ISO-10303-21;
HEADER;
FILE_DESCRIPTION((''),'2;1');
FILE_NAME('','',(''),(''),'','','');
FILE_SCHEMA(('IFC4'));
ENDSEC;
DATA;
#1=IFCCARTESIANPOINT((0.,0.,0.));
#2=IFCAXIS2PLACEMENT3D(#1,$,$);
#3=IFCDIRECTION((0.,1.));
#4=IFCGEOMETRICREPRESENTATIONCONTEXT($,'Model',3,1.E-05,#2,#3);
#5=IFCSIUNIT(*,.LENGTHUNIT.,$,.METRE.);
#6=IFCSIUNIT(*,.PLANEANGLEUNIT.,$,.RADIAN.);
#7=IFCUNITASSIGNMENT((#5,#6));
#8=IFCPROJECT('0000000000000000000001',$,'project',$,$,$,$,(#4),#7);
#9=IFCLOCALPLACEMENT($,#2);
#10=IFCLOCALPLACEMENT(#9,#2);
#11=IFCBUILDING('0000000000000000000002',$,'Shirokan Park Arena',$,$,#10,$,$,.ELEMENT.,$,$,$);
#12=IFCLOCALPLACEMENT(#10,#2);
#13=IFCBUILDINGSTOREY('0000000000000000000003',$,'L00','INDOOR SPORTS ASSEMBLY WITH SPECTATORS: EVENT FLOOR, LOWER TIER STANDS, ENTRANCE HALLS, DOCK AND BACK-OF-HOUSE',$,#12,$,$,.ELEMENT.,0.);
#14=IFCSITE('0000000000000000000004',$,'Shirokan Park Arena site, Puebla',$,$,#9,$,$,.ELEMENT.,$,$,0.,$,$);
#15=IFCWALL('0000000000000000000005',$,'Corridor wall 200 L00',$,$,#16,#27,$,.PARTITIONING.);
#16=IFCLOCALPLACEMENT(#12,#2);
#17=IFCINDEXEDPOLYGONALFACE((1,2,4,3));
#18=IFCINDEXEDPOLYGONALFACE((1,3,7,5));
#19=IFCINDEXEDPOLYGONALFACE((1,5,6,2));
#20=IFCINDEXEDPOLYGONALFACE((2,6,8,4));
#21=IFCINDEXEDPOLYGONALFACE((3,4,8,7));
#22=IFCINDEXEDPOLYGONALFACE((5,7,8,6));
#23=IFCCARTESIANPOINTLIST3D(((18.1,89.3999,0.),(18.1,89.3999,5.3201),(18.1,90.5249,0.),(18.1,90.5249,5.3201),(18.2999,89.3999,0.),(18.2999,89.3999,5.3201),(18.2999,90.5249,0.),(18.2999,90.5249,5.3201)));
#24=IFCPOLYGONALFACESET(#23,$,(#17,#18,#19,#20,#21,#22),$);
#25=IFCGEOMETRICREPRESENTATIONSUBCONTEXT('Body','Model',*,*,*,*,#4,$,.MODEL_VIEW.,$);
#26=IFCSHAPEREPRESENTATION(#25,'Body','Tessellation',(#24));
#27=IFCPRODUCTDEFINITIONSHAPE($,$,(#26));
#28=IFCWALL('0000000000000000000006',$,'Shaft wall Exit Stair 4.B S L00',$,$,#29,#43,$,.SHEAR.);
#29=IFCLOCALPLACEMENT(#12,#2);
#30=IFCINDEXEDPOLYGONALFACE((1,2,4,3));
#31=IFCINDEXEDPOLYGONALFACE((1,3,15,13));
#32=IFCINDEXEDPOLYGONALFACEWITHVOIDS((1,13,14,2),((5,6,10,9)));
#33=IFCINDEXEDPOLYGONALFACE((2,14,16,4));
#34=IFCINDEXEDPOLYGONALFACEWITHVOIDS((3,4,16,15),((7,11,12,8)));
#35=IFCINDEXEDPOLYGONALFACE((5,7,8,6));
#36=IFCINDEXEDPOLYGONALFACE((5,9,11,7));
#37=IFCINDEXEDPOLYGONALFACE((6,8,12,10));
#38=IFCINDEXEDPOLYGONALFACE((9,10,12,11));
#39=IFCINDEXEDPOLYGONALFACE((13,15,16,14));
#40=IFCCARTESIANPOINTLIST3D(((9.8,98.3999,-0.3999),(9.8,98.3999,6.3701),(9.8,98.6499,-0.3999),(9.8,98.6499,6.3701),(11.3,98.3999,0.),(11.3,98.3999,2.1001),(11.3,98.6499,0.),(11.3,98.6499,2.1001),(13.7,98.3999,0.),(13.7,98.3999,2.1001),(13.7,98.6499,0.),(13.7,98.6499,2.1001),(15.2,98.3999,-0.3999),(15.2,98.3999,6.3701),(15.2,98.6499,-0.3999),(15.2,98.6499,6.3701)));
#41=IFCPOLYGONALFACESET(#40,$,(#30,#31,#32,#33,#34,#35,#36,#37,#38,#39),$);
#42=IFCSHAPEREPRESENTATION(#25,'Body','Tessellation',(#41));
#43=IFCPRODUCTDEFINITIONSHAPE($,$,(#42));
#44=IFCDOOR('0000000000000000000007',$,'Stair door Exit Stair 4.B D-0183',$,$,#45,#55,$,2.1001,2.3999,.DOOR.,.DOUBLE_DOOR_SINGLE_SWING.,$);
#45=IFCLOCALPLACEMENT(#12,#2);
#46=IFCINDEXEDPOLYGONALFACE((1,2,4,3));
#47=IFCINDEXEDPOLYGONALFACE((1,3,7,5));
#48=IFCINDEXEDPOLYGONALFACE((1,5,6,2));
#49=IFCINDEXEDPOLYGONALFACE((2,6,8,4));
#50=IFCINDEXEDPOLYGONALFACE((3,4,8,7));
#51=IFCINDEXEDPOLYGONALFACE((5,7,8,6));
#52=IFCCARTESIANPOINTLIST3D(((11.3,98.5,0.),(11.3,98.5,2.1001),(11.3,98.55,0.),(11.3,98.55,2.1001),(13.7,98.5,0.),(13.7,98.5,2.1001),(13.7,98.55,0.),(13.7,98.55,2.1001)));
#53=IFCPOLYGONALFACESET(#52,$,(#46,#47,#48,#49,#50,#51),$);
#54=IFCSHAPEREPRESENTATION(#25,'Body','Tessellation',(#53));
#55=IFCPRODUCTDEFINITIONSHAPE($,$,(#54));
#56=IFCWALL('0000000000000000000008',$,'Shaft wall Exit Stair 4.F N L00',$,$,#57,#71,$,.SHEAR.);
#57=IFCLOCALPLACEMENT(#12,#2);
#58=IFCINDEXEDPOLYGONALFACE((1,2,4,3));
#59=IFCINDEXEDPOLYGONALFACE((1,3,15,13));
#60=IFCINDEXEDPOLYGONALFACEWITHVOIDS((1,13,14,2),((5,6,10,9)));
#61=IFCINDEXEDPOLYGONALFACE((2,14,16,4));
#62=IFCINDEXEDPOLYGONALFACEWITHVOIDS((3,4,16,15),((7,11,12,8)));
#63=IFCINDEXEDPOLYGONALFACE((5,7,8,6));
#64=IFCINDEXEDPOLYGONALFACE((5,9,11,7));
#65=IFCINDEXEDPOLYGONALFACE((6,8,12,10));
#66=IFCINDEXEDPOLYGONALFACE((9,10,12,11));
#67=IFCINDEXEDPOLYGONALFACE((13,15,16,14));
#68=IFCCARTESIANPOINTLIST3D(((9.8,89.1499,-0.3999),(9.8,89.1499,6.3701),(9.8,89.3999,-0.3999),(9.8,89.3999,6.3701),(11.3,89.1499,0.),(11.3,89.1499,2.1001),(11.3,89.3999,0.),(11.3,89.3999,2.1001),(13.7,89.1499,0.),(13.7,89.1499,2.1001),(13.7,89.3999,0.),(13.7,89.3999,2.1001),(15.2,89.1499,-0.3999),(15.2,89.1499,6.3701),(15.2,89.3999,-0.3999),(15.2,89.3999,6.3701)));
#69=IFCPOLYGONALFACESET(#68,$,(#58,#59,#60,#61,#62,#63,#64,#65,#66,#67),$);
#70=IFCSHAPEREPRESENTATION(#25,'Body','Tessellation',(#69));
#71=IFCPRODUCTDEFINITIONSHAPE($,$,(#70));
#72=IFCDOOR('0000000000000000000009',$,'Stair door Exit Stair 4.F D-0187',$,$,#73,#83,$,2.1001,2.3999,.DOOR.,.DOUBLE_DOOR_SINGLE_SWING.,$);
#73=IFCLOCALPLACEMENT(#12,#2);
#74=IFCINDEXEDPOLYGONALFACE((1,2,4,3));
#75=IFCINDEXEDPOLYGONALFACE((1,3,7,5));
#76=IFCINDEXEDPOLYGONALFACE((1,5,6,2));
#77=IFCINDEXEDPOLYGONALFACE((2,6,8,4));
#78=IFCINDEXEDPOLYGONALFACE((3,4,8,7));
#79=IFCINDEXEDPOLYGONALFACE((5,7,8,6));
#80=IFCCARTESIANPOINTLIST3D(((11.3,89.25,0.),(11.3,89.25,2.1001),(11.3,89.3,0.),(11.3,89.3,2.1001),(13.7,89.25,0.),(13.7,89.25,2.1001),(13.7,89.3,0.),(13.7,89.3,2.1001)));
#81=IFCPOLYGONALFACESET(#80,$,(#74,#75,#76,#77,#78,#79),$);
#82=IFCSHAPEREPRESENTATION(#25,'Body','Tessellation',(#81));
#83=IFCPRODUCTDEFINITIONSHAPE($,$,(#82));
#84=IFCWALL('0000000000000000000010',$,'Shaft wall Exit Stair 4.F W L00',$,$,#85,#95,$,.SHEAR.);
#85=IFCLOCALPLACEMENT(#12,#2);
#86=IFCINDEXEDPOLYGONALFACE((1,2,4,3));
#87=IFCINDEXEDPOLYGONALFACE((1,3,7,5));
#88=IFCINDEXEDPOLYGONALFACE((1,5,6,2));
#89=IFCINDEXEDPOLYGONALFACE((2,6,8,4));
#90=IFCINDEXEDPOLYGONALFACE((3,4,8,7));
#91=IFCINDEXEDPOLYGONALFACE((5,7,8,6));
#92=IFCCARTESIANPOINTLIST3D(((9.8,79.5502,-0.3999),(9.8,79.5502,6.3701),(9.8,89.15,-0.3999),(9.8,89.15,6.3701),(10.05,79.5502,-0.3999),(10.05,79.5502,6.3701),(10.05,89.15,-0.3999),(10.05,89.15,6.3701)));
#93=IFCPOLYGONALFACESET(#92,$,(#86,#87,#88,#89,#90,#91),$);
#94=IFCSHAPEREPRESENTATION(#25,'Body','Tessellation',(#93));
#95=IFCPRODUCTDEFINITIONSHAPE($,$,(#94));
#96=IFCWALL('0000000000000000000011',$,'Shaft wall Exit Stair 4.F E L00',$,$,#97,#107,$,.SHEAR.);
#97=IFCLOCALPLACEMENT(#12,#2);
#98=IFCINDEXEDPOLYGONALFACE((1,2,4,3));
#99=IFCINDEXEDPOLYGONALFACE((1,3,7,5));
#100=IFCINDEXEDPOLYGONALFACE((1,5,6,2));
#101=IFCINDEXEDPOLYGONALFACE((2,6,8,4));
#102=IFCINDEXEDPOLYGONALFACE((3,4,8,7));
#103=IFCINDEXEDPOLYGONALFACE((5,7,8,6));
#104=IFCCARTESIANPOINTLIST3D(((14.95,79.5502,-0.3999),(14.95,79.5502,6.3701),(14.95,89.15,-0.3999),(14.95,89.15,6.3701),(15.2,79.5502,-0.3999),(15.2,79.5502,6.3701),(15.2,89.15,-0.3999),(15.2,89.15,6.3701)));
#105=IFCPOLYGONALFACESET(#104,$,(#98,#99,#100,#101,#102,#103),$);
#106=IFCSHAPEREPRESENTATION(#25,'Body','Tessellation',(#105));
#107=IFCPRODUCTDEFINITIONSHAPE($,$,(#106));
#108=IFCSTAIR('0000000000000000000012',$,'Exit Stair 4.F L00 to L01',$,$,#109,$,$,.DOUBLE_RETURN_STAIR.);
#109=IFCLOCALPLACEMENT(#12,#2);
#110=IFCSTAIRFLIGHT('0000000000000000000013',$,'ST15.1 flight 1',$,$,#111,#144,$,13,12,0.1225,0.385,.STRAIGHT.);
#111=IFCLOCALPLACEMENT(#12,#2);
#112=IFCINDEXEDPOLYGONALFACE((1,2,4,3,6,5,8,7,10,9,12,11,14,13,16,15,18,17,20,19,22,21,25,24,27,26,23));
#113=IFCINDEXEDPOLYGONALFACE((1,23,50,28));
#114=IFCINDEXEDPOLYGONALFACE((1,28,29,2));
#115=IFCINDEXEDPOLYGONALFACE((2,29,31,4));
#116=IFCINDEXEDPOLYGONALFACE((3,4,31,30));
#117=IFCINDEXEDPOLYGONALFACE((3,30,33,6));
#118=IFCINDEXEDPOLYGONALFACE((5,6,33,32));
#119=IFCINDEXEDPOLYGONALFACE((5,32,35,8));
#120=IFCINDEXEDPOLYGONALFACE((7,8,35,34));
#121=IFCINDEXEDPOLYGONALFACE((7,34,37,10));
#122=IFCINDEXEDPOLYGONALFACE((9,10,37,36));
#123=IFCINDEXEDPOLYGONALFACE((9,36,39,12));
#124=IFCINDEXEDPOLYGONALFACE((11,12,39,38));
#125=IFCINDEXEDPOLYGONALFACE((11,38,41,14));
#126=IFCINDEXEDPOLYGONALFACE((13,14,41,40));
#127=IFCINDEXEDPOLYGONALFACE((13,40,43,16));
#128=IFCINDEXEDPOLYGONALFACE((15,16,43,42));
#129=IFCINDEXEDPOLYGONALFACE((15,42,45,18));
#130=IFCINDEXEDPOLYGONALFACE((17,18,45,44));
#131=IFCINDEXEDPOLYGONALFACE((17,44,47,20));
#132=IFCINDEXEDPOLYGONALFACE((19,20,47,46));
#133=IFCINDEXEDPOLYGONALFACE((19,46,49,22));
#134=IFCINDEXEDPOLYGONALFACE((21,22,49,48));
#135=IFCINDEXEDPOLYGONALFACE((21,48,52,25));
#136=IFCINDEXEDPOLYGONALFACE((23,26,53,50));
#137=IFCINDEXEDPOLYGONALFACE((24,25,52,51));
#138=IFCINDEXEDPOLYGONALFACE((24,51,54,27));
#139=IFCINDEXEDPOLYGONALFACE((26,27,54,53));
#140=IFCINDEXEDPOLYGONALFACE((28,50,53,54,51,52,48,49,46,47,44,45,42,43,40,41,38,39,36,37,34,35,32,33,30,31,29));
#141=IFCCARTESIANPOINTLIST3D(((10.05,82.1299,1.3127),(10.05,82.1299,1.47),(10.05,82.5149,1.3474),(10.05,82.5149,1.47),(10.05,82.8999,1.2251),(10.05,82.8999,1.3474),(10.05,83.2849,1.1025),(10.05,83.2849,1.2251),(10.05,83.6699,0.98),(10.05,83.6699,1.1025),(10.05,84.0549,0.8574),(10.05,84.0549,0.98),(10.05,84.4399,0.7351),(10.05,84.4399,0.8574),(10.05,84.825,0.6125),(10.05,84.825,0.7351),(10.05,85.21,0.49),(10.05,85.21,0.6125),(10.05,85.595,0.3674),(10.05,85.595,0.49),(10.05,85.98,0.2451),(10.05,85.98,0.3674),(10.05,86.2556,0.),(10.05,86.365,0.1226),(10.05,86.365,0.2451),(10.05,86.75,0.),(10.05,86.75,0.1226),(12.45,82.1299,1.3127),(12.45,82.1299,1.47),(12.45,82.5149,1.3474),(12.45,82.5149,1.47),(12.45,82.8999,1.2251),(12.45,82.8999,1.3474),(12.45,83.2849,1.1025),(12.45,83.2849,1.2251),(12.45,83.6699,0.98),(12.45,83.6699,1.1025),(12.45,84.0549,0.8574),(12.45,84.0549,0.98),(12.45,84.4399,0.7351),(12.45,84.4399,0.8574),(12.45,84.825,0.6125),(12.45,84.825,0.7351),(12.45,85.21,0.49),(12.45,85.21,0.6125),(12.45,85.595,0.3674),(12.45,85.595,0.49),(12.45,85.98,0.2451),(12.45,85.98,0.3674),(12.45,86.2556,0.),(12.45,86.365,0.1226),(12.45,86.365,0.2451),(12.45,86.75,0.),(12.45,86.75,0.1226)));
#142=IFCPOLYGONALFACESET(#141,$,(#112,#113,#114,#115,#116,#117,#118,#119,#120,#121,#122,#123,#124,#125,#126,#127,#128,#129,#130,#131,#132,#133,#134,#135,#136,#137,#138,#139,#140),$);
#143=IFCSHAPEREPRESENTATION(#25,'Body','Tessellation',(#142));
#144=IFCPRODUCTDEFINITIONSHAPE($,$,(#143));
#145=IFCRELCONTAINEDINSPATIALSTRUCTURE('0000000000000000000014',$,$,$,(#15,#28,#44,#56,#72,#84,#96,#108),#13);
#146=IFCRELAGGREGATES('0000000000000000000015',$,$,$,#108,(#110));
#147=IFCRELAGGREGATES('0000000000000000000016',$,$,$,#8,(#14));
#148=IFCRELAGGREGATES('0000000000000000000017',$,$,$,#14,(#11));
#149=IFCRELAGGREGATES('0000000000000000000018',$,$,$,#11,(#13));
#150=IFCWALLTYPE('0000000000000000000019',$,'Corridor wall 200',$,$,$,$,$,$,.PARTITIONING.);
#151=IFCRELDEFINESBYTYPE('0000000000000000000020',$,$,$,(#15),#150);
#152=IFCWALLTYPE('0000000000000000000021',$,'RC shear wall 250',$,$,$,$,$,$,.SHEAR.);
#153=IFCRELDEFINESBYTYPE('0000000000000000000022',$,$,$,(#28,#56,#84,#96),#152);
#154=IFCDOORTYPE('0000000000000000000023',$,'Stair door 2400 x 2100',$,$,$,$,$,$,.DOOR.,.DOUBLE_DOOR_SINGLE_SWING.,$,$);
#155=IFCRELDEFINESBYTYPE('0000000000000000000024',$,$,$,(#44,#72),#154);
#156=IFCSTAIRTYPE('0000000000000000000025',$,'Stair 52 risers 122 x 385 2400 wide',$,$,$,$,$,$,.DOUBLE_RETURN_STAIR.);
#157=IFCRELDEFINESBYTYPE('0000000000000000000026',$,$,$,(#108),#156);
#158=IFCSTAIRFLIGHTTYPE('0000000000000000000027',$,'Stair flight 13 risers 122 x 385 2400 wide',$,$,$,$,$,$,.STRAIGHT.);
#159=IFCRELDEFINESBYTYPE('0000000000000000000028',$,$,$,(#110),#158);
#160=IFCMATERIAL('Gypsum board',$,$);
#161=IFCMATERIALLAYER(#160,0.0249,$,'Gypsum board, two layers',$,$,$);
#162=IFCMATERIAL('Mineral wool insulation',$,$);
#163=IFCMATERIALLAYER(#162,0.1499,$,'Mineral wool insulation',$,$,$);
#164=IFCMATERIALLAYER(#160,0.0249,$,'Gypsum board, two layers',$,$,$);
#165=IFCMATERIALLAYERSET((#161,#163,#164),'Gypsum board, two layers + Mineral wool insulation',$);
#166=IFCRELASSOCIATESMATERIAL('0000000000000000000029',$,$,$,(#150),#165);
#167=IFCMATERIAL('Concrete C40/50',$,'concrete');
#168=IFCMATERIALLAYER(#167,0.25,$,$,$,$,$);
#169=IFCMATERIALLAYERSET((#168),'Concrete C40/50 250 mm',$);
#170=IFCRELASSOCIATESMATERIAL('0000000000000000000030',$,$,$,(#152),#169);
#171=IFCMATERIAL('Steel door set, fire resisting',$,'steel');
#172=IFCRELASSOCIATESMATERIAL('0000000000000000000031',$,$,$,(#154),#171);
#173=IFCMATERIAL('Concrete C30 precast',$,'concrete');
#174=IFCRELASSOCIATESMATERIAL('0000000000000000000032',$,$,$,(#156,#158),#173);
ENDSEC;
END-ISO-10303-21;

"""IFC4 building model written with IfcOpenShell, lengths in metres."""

from ifc_helpers import new_model, si_unit, direction, frame, frame_2d, origin, place, context, subcontext, project, spatial, polyline, rectangle, outline, extrude, material, layer, layer_set, type_object, element, fill, aggregate, save


model = new_model("IFC4")

# Units and contexts
model_context = context("Model", 3, precision=1e-05, world=origin(), true_north=direction((0.0, 1.0)))
body_context = subcontext(model_context, "Body", "Model", "MODEL_VIEW")
ifc_project = project(units=[si_unit("LENGTHUNIT", "METRE"), si_unit("PLANEANGLEUNIT", "RADIAN")], contexts=[model_context])

# Site, building, storey
site_placement = place(None, origin())
site = spatial("IfcSite", under=ifc_project, at=site_placement, Name="Shirokan Park Arena site, Puebla", CompositionType="ELEMENT", RefElevation=0.0)
building_placement = place(site_placement, origin())
building = spatial("IfcBuilding", under=site, at=building_placement, Name="Shirokan Park Arena", CompositionType="ELEMENT")
storey_placement = place(building_placement, origin())
storey = spatial("IfcBuildingStorey", under=building, at=storey_placement, Name="L00", Description="INDOOR SPORTS ASSEMBLY WITH SPECTATORS: EVENT FLOOR, LOWER TIER STANDS, ENTRANCE HALLS, DOCK AND BACK-OF-HOUSE", CompositionType="ELEMENT", Elevation=0.0)

# Wall
ifc_material_1 = material(Name="Gypsum board")
ifc_layer_1 = layer(ifc_material_1, 0.0249, Name="Gypsum board, two layers")
ifc_material_2 = material(Name="Mineral wool insulation")
ifc_layer_2 = layer(ifc_material_2, 0.1499, Name="Mineral wool insulation")
ifc_layer_3 = layer(ifc_material_1, 0.0249, Name="Gypsum board, two layers")
ifc_layer_set_1 = layer_set([ifc_layer_1, ifc_layer_2, ifc_layer_3], Name="Gypsum board, two layers + Mineral wool insulation")
wall_type_1 = type_object("IfcWallType", Name="Corridor wall 200", PredefinedType="PARTITIONING", material=ifc_layer_set_1)
wall_1_placement = place(storey_placement, frame((18.2, 90.5249, 0.0), z_axis=(0.0, 0.0, 1.0), x_axis=(0.0, -1.0, 0.0)))
element("IfcWall", 1, at=wall_1_placement, inside=storey, type_object=wall_type_1, Name="Corridor wall 200 L00", PredefinedType="PARTITIONING", context=body_context, shape_type="SweptSolid", body=[
    extrude(rectangle(XDim=1.125, YDim=0.2, at=frame_2d((0.5625, 0.0))), origin(), (0.0, 0.0, 1.0), 5.3201),
])

# Walls, openings, doors
ifc_material_3 = material(Name="Concrete C40/50", Category="concrete")
ifc_layer_4 = layer(ifc_material_3, 0.25)
ifc_layer_set_2 = layer_set([ifc_layer_4], Name="Concrete C40/50 250 mm")
wall_type_2 = type_object("IfcWallType", Name="RC shear wall 250", PredefinedType="SHEAR", material=ifc_layer_set_2)
wall_2_placement = place(storey_placement, frame((15.2, 98.5249, -0.3999), z_axis=(0.0, 0.0, 1.0), x_axis=(-1.0, 0.0, 0.0)))
wall_2 = element("IfcWall", 2, at=wall_2_placement, inside=storey, type_object=wall_type_2, Name="Shaft wall Exit Stair 4.B S L00", PredefinedType="SHEAR", context=body_context, shape_type="SweptSolid", body=[
    extrude(rectangle(XDim=5.3999, YDim=0.25, at=frame_2d((2.7, 0.0))), origin(), (0.0, 0.0, 1.0), 6.77),
])
opening_1_placement = place(wall_2_placement, frame((1.5, 0.0, 0.3999)))
opening_1 = element("IfcOpeningElement", 3, at=opening_1_placement, cuts=wall_2, PredefinedType="OPENING", context=body_context, shape_type="SweptSolid", body=[
    extrude(rectangle(XDim=2.3999, YDim=2.1001, at=frame_2d((1.2, 1.05))), frame((0.0, 0.135, 0.0), z_axis=(0.0, -1.0, 0.0), x_axis=(1.0, 0.0, 0.0)), (0.0, 0.0, 1.0), 0.27),
])
ifc_material_4 = material(Name="Steel door set, fire resisting", Category="steel")
door_type_1 = type_object("IfcDoorType", Name="Stair door 2400 x 2100", OperationType="DOUBLE_DOOR_SINGLE_SWING", PredefinedType="DOOR", material=ifc_material_4)
door_1_placement = place(opening_1_placement, origin())
door_1 = element("IfcDoor", 4, at=door_1_placement, inside=storey, type_object=door_type_1, Name="Stair door Exit Stair 4.B D-0183", OperationType="DOUBLE_DOOR_SINGLE_SWING", OverallHeight=2.1001, OverallWidth=2.3999, PredefinedType="DOOR", context=body_context, shape_type="SweptSolid", body=[
    extrude(rectangle(XDim=2.3999, YDim=2.1001, at=frame_2d((1.2, 1.05))), frame((0.0, 0.0249, 0.0), z_axis=(0.0, -1.0, 0.0), x_axis=(1.0, 0.0, 0.0)), (0.0, 0.0, 1.0), 0.05),
])
fill(opening_1, door_1)
wall_3_placement = place(storey_placement, frame((15.2, 89.2749, -0.3999), z_axis=(0.0, 0.0, 1.0), x_axis=(-1.0, 0.0, 0.0)))
wall_3 = element("IfcWall", 5, at=wall_3_placement, inside=storey, type_object=wall_type_2, Name="Shaft wall Exit Stair 4.F N L00", PredefinedType="SHEAR", context=body_context, shape_type="SweptSolid", body=[
    extrude(rectangle(XDim=5.3999, YDim=0.25, at=frame_2d((2.7, 0.0))), origin(), (0.0, 0.0, 1.0), 6.77),
])
opening_2_placement = place(wall_3_placement, frame((1.5, 0.0, 0.3999)))
opening_2 = element("IfcOpeningElement", 6, at=opening_2_placement, cuts=wall_3, PredefinedType="OPENING", context=body_context, shape_type="SweptSolid", body=[
    extrude(rectangle(XDim=2.3999, YDim=2.1001, at=frame_2d((1.2, 1.05))), frame((0.0, 0.135, 0.0), z_axis=(0.0, -1.0, 0.0), x_axis=(1.0, 0.0, 0.0)), (0.0, 0.0, 1.0), 0.27),
])
door_2_placement = place(opening_2_placement, origin())
door_2 = element("IfcDoor", 7, at=door_2_placement, inside=storey, type_object=door_type_1, Name="Stair door Exit Stair 4.F D-0187", OperationType="DOUBLE_DOOR_SINGLE_SWING", OverallHeight=2.1001, OverallWidth=2.3999, PredefinedType="DOOR", context=body_context, shape_type="SweptSolid", body=[
    extrude(rectangle(XDim=2.3999, YDim=2.1001, at=frame_2d((1.2, 1.05))), frame((0.0, 0.0249, 0.0), z_axis=(0.0, -1.0, 0.0), x_axis=(1.0, 0.0, 0.0)), (0.0, 0.0, 1.0), 0.05),
])
fill(opening_2, door_2)

# Walls
for number, where, z_axis, x_axis, name in (
    (8, (9.925, 89.1499, -0.3999), (0.0, 0.0, 1.0), (0.0, -1.0, 0.0), "Shaft wall Exit Stair 4.F W L00"),
    (9, (15.075, 89.1499, -0.3999), (0.0, 0.0, 1.0), (0.0, -1.0, 0.0), "Shaft wall Exit Stair 4.F E L00"),
):
    element("IfcWall", number, at=place(storey_placement, frame(where, z_axis=z_axis, x_axis=x_axis)), inside=storey, type_object=wall_type_2, Name=name, PredefinedType="SHEAR", context=body_context, shape_type="SweptSolid", body=[
        extrude(rectangle(XDim=9.5999, YDim=0.25, at=frame_2d((4.7998, 0.0))), origin(), (0.0, 0.0, 1.0), 6.77),
    ])

# Stair, stair flight
ifc_material_5 = material(Name="Concrete C30 precast", Category="concrete")
stair_type = type_object("IfcStairType", Name="Stair 52 risers 122 x 385 2400 wide", PredefinedType="DOUBLE_RETURN_STAIR", material=ifc_material_5)
stair_placement = place(storey_placement, origin())
stair = element("IfcStair", 10, at=stair_placement, inside=storey, type_object=stair_type, Name="Exit Stair 4.F L00 to L01", PredefinedType="DOUBLE_RETURN_STAIR")
stair_flight_type = type_object("IfcStairFlightType", Name="Stair flight 13 risers 122 x 385 2400 wide", PredefinedType="STRAIGHT", material=ifc_material_5)
stair_flight_1_placement = place(storey_placement, frame((11.25, 86.75, 0.0), z_axis=(0.0, 0.0, 1.0), x_axis=(0.0, -1.0, 0.0)))
stair_flight_1 = element("IfcStairFlight", 11, at=stair_flight_1_placement, type_object=stair_flight_type, Name="ST15.1 flight 1", NumberOfRisers=13, NumberOfTreads=12, PredefinedType="STRAIGHT", RiserHeight=0.1225, TreadLength=0.385, context=body_context, shape_type="SweptSolid", body=[
    extrude(outline(polyline([(0.0, 0.0), (0.0, 0.1226), (0.385, 0.1226), (0.385, 0.2451), (0.77, 0.2451), (0.77, 0.3674), (1.155, 0.3674), (1.155, 0.49), (1.54, 0.49), (1.54, 0.6125), (1.925, 0.6125), (1.925, 0.7351), (2.3101, 0.7351), (2.3101, 0.8574), (2.6951, 0.8574), (2.6951, 0.98), (3.0801, 0.98), (3.0801, 1.1025), (3.4651, 1.1025), (3.4651, 1.2251), (3.8501, 1.2251), (3.8501, 1.3474), (4.2351, 1.3474), (4.2351, 1.47), (4.6201, 1.47), (4.6201, 1.5925), (4.6201, 1.3127), (0.4944, 0.0), (0.0, 0.0)])), frame((0.0, 1.2, 0.0), z_axis=(0.0, -1.0, 0.0), x_axis=(1.0, 0.0, 0.0)), (0.0, 0.0, 1.0), 2.3999),
])
aggregate(stair, [stair_flight_1])

save(model, "model.ifc")
